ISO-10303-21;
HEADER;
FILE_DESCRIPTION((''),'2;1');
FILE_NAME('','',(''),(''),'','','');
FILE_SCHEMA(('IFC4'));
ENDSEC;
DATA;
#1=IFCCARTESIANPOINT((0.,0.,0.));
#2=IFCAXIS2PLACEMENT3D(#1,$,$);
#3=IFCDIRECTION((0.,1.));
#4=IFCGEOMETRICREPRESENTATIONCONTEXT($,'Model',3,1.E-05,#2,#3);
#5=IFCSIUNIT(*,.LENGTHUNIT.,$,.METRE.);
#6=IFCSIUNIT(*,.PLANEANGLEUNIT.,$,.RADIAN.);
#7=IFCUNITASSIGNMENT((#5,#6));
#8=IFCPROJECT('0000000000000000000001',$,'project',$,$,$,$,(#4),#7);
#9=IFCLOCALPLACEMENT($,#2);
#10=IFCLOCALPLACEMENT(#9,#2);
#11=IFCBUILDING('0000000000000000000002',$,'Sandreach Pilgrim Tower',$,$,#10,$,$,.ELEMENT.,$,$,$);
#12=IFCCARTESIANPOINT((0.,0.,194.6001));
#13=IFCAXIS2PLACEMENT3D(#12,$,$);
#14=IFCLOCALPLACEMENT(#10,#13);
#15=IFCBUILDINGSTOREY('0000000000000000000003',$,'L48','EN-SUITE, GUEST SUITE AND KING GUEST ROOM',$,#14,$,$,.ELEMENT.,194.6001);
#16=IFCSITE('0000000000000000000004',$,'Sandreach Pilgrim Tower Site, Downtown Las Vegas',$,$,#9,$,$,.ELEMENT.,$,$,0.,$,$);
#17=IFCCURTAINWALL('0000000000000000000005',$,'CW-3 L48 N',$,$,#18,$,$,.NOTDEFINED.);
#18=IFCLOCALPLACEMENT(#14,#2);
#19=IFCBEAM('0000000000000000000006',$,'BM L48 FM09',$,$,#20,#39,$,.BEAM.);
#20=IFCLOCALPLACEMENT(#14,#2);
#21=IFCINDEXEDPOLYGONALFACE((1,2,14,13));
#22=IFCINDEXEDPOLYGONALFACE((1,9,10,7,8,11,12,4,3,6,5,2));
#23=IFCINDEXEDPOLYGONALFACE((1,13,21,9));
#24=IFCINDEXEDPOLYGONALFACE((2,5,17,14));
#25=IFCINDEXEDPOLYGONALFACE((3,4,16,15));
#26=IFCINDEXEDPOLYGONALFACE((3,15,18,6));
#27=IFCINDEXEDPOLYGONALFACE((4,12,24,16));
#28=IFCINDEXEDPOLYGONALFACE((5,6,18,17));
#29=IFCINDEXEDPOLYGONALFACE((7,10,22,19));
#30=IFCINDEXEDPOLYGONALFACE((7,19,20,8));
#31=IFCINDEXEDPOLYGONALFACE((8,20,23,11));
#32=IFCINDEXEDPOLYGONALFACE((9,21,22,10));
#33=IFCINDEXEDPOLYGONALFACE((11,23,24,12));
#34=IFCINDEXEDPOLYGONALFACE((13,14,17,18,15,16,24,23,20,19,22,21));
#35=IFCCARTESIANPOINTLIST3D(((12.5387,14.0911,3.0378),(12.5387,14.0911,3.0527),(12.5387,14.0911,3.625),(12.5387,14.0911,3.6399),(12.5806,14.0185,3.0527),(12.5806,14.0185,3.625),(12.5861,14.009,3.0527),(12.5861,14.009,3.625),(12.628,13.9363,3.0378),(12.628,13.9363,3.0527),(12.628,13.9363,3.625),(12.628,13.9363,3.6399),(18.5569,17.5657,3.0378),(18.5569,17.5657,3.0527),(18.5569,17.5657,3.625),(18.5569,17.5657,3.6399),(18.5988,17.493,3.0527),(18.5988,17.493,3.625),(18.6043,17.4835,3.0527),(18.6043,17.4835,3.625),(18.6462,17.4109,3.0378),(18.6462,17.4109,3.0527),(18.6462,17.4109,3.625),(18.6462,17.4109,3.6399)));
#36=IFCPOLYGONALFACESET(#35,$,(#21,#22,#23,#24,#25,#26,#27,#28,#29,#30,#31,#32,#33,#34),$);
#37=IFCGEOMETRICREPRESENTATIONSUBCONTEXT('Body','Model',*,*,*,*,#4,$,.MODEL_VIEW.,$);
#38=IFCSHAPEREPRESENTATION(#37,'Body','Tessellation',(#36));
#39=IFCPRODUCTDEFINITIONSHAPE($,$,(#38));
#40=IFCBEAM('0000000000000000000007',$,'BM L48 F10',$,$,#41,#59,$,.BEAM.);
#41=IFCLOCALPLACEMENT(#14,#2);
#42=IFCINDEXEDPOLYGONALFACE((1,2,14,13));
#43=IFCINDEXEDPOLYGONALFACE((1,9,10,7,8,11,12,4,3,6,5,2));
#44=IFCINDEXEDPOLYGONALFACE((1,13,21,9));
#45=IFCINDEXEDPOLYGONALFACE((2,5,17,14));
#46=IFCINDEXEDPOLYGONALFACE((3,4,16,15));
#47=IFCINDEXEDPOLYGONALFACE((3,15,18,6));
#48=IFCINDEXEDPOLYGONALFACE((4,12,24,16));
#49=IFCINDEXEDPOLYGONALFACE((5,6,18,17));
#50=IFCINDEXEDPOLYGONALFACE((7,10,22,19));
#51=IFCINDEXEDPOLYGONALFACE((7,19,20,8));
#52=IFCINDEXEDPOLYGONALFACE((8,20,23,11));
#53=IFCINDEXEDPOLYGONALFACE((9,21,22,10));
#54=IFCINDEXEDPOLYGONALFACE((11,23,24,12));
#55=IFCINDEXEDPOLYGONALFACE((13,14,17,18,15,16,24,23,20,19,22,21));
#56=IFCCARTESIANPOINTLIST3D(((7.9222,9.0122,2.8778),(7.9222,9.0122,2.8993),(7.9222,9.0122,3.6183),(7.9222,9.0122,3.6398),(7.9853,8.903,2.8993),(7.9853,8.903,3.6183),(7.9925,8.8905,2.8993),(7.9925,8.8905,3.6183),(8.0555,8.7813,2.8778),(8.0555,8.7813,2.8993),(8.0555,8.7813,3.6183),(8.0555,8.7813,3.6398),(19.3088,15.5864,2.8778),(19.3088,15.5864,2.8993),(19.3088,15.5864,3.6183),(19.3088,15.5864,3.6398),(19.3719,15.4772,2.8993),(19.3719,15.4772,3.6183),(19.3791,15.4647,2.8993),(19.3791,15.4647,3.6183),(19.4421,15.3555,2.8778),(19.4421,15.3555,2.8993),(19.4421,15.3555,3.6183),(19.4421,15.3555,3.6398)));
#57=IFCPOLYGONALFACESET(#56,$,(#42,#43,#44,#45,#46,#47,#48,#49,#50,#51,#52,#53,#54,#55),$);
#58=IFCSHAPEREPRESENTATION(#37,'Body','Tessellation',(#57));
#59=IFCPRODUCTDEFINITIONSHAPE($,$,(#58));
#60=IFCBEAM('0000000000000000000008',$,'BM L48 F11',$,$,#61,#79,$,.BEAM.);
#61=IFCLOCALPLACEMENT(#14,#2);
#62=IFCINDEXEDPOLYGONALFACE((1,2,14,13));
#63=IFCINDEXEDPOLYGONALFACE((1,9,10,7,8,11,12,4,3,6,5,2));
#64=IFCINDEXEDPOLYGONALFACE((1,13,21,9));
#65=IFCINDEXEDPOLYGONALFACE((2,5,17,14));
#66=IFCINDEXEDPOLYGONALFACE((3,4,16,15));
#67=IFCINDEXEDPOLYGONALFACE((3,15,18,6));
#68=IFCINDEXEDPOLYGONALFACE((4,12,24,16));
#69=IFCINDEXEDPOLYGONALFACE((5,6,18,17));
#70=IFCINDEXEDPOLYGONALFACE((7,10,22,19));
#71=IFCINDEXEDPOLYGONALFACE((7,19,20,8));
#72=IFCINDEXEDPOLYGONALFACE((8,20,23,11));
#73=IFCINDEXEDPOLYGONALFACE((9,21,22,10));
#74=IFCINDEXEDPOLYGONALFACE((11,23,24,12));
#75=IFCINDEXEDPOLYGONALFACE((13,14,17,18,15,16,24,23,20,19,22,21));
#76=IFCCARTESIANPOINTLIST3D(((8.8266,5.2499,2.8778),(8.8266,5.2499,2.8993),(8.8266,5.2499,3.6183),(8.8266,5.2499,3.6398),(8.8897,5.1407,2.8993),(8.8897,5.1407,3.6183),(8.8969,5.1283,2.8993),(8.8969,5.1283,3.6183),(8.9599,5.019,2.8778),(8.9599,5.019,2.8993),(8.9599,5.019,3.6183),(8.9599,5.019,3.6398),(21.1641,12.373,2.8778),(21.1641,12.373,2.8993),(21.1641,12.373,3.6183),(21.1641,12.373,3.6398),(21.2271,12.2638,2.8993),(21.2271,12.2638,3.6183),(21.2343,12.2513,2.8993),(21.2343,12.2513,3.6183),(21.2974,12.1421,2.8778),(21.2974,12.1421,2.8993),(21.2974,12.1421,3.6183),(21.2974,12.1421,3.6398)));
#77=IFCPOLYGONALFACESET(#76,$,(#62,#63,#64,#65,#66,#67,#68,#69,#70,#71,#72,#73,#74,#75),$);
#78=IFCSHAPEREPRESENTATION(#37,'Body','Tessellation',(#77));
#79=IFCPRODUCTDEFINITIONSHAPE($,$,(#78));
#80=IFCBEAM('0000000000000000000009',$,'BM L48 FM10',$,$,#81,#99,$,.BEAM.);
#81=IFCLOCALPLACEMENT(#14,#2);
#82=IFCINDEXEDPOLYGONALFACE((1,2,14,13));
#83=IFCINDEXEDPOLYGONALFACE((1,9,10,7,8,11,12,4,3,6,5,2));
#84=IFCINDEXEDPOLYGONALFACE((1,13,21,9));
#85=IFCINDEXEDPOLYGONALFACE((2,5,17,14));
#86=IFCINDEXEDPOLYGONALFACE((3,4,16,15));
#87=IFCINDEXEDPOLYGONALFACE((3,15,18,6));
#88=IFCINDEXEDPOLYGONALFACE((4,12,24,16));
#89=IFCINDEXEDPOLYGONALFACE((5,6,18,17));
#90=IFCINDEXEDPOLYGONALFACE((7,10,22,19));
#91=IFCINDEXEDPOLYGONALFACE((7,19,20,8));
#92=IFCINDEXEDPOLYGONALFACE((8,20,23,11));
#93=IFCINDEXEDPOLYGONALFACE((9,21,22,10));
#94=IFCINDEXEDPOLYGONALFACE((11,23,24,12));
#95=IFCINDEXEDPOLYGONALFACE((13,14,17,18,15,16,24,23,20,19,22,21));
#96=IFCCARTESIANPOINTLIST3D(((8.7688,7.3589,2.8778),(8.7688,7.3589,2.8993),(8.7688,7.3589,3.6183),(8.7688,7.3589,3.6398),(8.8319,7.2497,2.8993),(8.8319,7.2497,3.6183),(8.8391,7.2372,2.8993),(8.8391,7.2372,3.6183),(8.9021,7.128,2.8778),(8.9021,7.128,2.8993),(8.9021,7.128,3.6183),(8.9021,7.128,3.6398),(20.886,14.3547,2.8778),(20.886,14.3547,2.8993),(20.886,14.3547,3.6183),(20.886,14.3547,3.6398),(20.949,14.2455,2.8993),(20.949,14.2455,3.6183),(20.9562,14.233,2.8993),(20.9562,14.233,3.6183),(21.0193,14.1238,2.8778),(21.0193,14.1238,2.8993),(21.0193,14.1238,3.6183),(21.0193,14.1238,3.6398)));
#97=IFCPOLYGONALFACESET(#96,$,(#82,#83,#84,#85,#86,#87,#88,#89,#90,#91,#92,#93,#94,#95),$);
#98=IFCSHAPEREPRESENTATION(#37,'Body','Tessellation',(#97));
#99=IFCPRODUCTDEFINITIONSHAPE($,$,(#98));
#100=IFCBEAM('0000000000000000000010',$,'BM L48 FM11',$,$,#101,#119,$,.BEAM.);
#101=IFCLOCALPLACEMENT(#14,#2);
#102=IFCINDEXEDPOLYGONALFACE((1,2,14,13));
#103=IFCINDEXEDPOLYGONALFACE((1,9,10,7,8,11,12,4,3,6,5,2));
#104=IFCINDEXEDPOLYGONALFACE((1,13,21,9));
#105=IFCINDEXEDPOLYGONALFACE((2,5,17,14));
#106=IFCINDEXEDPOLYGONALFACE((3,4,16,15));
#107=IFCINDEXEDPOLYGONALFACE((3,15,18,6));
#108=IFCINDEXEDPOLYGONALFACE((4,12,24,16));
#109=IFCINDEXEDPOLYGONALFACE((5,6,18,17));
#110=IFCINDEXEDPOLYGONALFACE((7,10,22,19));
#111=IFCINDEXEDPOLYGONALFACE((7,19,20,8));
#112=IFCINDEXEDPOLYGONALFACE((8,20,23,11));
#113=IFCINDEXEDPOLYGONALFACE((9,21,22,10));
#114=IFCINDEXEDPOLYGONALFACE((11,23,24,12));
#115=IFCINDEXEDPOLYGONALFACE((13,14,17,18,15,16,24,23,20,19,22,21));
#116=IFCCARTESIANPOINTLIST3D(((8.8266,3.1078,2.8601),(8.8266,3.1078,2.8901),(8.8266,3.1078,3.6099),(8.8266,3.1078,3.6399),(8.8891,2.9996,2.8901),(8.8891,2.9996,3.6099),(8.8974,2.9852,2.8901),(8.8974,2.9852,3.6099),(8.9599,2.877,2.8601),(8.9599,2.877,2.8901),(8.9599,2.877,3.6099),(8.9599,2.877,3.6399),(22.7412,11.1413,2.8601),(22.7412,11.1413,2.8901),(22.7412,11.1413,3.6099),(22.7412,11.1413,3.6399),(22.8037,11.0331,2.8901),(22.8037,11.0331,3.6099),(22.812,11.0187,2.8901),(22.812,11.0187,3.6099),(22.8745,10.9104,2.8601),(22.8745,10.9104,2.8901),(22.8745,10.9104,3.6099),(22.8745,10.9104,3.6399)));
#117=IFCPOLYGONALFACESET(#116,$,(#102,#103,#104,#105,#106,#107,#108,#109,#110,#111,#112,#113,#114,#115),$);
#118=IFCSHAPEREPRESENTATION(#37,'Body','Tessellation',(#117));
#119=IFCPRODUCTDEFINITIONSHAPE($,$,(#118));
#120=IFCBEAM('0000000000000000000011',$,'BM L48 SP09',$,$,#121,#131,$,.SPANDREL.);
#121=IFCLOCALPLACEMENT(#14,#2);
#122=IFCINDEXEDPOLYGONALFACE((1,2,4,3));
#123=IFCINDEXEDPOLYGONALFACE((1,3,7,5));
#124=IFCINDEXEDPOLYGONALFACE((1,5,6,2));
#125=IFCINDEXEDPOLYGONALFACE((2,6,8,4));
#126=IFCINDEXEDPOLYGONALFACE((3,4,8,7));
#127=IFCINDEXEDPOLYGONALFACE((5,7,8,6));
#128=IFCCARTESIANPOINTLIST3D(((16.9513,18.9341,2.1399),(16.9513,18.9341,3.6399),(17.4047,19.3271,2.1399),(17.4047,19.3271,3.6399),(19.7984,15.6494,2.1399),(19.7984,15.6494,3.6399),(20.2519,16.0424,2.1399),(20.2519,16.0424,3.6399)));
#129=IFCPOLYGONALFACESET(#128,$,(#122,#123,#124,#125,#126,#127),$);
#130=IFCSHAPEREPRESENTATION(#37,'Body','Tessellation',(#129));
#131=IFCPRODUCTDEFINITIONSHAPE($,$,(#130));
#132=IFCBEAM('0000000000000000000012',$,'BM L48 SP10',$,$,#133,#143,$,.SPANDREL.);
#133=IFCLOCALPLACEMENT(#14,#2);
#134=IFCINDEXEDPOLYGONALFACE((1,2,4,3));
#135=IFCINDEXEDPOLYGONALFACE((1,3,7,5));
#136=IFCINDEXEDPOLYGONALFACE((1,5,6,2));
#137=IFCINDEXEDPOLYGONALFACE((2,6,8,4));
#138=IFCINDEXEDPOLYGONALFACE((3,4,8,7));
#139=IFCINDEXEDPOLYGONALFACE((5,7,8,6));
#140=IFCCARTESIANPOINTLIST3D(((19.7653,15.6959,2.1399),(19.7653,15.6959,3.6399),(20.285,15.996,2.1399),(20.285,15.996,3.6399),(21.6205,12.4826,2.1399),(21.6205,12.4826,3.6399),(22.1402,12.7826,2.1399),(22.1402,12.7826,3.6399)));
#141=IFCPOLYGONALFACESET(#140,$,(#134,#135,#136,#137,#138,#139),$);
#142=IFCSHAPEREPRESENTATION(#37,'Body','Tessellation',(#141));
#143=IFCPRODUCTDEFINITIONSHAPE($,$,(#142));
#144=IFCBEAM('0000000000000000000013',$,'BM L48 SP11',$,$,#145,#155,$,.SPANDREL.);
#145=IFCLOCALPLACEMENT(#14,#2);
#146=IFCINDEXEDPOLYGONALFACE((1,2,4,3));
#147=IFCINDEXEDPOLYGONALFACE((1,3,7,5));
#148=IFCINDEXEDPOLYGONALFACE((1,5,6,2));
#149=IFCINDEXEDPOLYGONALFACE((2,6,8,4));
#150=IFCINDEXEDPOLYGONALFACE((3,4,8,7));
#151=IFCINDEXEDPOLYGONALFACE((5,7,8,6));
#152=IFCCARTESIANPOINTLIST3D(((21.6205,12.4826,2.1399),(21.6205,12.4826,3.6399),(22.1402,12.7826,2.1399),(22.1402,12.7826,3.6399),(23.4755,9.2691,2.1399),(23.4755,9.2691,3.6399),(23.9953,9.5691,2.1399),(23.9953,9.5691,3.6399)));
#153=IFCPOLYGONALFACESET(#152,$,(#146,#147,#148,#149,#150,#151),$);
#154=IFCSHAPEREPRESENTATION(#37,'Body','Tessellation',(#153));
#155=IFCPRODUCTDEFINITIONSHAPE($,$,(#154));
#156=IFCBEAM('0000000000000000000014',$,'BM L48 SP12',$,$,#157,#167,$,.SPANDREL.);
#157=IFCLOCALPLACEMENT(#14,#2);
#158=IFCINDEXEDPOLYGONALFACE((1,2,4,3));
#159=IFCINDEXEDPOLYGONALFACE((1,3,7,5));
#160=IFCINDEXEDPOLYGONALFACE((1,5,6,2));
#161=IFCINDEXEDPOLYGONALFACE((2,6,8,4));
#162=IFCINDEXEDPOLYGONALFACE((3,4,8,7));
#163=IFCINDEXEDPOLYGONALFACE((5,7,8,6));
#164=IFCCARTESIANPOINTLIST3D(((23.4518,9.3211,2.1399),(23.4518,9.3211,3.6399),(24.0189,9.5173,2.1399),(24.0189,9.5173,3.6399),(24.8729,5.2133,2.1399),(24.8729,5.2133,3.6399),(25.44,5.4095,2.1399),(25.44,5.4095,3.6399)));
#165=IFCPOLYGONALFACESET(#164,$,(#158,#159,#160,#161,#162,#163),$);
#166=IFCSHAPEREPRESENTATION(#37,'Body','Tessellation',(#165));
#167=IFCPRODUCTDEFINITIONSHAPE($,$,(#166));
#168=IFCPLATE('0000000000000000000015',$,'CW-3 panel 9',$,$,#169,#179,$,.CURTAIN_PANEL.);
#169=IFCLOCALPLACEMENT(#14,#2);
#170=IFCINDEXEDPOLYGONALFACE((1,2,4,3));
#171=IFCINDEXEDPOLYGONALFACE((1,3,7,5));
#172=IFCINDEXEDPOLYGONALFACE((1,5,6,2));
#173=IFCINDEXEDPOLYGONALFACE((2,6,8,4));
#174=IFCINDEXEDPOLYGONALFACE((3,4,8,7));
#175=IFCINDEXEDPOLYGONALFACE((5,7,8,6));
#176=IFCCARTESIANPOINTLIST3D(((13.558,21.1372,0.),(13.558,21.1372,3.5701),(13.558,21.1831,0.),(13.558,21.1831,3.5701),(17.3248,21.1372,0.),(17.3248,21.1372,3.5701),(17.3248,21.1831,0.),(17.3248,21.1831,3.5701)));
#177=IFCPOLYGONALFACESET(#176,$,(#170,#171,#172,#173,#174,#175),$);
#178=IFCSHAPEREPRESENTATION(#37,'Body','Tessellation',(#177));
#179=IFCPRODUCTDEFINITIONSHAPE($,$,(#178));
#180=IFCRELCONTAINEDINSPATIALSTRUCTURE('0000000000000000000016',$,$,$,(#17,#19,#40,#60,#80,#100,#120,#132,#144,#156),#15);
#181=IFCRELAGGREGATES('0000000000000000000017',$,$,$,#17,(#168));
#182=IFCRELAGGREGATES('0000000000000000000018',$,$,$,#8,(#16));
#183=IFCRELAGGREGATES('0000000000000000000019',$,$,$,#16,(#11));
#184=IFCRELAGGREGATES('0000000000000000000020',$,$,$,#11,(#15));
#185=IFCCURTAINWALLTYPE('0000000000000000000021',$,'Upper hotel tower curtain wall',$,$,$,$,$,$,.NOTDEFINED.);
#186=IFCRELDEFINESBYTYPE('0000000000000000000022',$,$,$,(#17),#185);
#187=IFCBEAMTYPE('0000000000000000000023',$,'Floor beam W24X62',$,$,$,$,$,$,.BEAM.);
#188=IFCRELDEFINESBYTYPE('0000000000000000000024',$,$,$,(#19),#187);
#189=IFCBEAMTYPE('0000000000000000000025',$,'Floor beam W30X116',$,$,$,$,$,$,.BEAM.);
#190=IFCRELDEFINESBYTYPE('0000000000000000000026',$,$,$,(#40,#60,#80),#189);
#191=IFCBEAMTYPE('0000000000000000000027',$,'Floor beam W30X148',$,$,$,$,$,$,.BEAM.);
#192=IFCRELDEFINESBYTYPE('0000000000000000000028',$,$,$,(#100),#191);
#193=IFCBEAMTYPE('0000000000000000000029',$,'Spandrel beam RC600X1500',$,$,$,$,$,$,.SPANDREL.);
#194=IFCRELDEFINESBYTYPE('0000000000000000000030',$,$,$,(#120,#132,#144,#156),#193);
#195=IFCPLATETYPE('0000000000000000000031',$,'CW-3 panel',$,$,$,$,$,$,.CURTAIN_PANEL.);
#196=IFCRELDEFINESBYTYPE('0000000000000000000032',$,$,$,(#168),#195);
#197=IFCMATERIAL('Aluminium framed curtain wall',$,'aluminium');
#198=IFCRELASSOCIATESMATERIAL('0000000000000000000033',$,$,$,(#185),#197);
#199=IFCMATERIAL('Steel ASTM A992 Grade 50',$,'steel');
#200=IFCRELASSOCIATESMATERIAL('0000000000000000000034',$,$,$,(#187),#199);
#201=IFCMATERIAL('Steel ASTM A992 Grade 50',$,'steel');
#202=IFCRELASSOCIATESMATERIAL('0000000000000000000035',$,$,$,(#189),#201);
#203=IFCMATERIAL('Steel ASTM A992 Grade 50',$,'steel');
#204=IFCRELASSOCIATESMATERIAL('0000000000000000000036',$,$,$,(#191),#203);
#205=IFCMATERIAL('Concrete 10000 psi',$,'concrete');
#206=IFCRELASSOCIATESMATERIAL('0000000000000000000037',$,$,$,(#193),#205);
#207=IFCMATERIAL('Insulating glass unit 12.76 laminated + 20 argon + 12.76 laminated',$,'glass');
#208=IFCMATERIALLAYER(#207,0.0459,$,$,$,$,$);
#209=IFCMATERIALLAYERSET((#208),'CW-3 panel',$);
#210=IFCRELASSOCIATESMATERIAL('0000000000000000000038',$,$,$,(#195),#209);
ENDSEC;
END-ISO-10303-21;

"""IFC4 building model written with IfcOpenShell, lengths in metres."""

from ifc_helpers import new_model, si_unit, direction, frame, origin, origin_2d, place, context, subcontext, project, spatial, rectangle, i_section, extrude, material, layer, layer_set, material_profile, profile_set, type_object, element, aggregate, save


model = new_model("IFC4")

# Units and contexts
model_context = context("Model", 3, precision=1e-05, world=origin(), true_north=direction((0.0, 1.0)))
body_context = subcontext(model_context, "Body", "Model", "MODEL_VIEW")
ifc_project = project(units=[si_unit("LENGTHUNIT", "METRE"), si_unit("PLANEANGLEUNIT", "RADIAN")], contexts=[model_context])

# Site, building, storey
site_placement = place(None, origin())
site = spatial("IfcSite", under=ifc_project, at=site_placement, Name="Sandreach Pilgrim Tower Site, Downtown Las Vegas", CompositionType="ELEMENT", RefElevation=0.0)
building_placement = place(site_placement, origin())
building = spatial("IfcBuilding", under=site, at=building_placement, Name="Sandreach Pilgrim Tower", CompositionType="ELEMENT")
storey_placement = place(building_placement, frame((0.0, 0.0, 194.6001)))
storey = spatial("IfcBuildingStorey", under=building, at=storey_placement, Name="L48", Description="EN-SUITE, GUEST SUITE AND KING GUEST ROOM", CompositionType="ELEMENT", Elevation=194.6001)

# Curtain wall
ifc_material_1 = material(Name="Aluminium framed curtain wall", Category="aluminium")
curtain_wall_type = type_object("IfcCurtainWallType", Name="Upper hotel tower curtain wall", PredefinedType="NOTDEFINED", material=ifc_material_1)
curtain_wall_1_placement = place(storey_placement, origin())
curtain_wall_1 = element("IfcCurtainWall", 1, at=curtain_wall_1_placement, inside=storey, type_object=curtain_wall_type, Name="CW-3 L48 N", PredefinedType="NOTDEFINED")

# Beams
ifc_material_2 = material(Name="Steel ASTM A992 Grade 50", Category="steel")
ifc_material_profile_1 = material_profile(ifc_material_2, i_section(OverallWidth=0.1787, OverallDepth=0.6021, WebThickness=0.011, FlangeThickness=0.0149, at=origin_2d()), Name="W24X62")
ifc_profile_set_1 = profile_set([ifc_material_profile_1], Name="Steel ASTM A992 Grade 50")
beam_type_1 = type_object("IfcBeamType", Name="Floor beam W24X62", PredefinedType="BEAM", material=ifc_profile_set_1)
beam_1_placement = place(storey_placement, frame((18.6016, 17.4883, 3.3389), z_axis=(-0.866029, -0.499993, 0.0), x_axis=(0.499993, -0.866029, 0.0)))
element("IfcBeam", 2, at=beam_1_placement, inside=storey, type_object=beam_type_1, Name="BM L48 FM09", PredefinedType="BEAM", context=body_context, shape_type="SweptSolid", body=[
    extrude(i_section(OverallWidth=0.1787, OverallDepth=0.6021, WebThickness=0.011, FlangeThickness=0.0149, at=origin_2d()), origin(), (0.0, 0.0, 1.0), 6.9492),
])
ifc_material_3 = material(Name="Steel ASTM A992 Grade 50", Category="steel")
ifc_material_profile_2 = material_profile(ifc_material_3, i_section(OverallWidth=0.2666, OverallDepth=0.762, WebThickness=0.0144, FlangeThickness=0.0215, at=origin_2d()), Name="W30X116")
ifc_profile_set_2 = profile_set([ifc_material_profile_2], Name="Steel ASTM A992 Grade 50")
beam_type_2 = type_object("IfcBeamType", Name="Floor beam W30X116", PredefinedType="BEAM", material=ifc_profile_set_2)
beam_2_placement = place(storey_placement, frame((19.3755, 15.4709, 3.2588), z_axis=(-0.866022, -0.500005, 0.0), x_axis=(0.500005, -0.866022, 0.0)))
element("IfcBeam", 3, at=beam_2_placement, inside=storey, type_object=beam_type_2, Name="BM L48 F10", PredefinedType="BEAM", context=body_context, shape_type="SweptSolid", body=[
    extrude(i_section(OverallWidth=0.2666, OverallDepth=0.762, WebThickness=0.0144, FlangeThickness=0.0215, at=origin_2d()), origin(), (0.0, 0.0, 1.0), 13.1482),
])
beam_3_placement = place(storey_placement, frame((21.2307, 12.2576, 3.2588), z_axis=(-0.866024, -0.500002, 0.0), x_axis=(0.500002, -0.866024, 0.0)))
element("IfcBeam", 4, at=beam_3_placement, inside=storey, type_object=beam_type_2, Name="BM L48 F11", PredefinedType="BEAM", context=body_context, shape_type="SweptSolid", body=[
    extrude(i_section(OverallWidth=0.2666, OverallDepth=0.762, WebThickness=0.0144, FlangeThickness=0.0215, at=origin_2d()), origin(), (0.0, 0.0, 1.0), 14.2461),
])
beam_4_placement = place(storey_placement, frame((20.9526, 14.2393, 3.2588), z_axis=(-0.866026, -0.499999, 0.0), x_axis=(0.499999, -0.866026, 0.0)))
element("IfcBeam", 5, at=beam_4_placement, inside=storey, type_object=beam_type_2, Name="BM L48 FM10", PredefinedType="BEAM", context=body_context, shape_type="SweptSolid", body=[
    extrude(i_section(OverallWidth=0.2666, OverallDepth=0.762, WebThickness=0.0144, FlangeThickness=0.0215, at=origin_2d()), origin(), (0.0, 0.0, 1.0), 13.9917),
])
ifc_material_4 = material(Name="Steel ASTM A992 Grade 50", Category="steel")
ifc_material_profile_3 = material_profile(ifc_material_4, i_section(OverallWidth=0.2666, OverallDepth=0.7798, WebThickness=0.0166, FlangeThickness=0.03, at=origin_2d()), Name="W30X148")
ifc_profile_set_3 = profile_set([ifc_material_profile_3], Name="Steel ASTM A992 Grade 50")
beam_type_3 = type_object("IfcBeamType", Name="Floor beam W30X148", PredefinedType="BEAM", material=ifc_profile_set_3)
beam_5_placement = place(storey_placement, frame((22.8079, 11.0259, 3.25), z_axis=(-0.866029, -0.499994, 0.0), x_axis=(0.499994, -0.866029, 0.0)))
element("IfcBeam", 6, at=beam_5_placement, inside=storey, type_object=beam_type_3, Name="BM L48 FM11", PredefinedType="BEAM", context=body_context, shape_type="SweptSolid", body=[
    extrude(i_section(OverallWidth=0.2666, OverallDepth=0.7798, WebThickness=0.0166, FlangeThickness=0.03, at=origin_2d()), origin(), (0.0, 0.0, 1.0), 16.0671),
])
ifc_material_5 = material(Name="Concrete 10000 psi", Category="concrete")
ifc_material_profile_4 = material_profile(ifc_material_5, rectangle(XDim=0.6001, YDim=1.5, at=origin_2d()), Name="RC600X1500")
ifc_profile_set_4 = profile_set([ifc_material_profile_4], Name="Concrete 10000 psi")
beam_type_4 = type_object("IfcBeamType", Name="Spandrel beam RC600X1500", PredefinedType="SPANDREL", material=ifc_profile_set_4)
beam_6_placement = place(storey_placement, frame((17.178, 19.1306, 2.8899), z_axis=(0.65499, -0.755637, 0.0), x_axis=(0.755637, 0.65499, 0.0)))
element("IfcBeam", 7, at=beam_6_placement, inside=storey, type_object=beam_type_4, Name="BM L48 SP09", PredefinedType="SPANDREL", context=body_context, shape_type="SweptSolid", body=[
    extrude(rectangle(XDim=0.6001, YDim=1.5, at=origin_2d()), origin(), (0.0, 0.0, 1.0), 4.3469),
])
for number, where, z_axis, x_axis, name in (
    (8, (20.0251, 15.8459, 2.8899), (0.499996, -0.866028, 0.0), (0.866028, 0.499996, 0.0), "BM L48 SP10"),
    (9, (21.8804, 12.6326, 2.8899), (0.499946, -0.866056, 0.0), (0.866056, 0.499946, 0.0), "BM L48 SP11"),
):
    element("IfcBeam", number, at=place(storey_placement, frame(where, z_axis=z_axis, x_axis=x_axis)), inside=storey, type_object=beam_type_4, Name=name, PredefinedType="SPANDREL", context=body_context, shape_type="SweptSolid", body=[
        extrude(rectangle(XDim=0.6001, YDim=1.5, at=origin_2d()), origin(), (0.0, 0.0, 1.0), 3.7104),
    ])
beam_7_placement = place(storey_placement, frame((23.7354, 9.4192, 2.8899), z_axis=(0.326941, -0.945045, 0.0), x_axis=(0.945045, 0.326941, 0.0)))
element("IfcBeam", 10, at=beam_7_placement, inside=storey, type_object=beam_type_4, Name="BM L48 SP12", PredefinedType="SPANDREL", context=body_context, shape_type="SweptSolid", body=[
    extrude(rectangle(XDim=0.6001, YDim=1.5, at=origin_2d()), origin(), (0.0, 0.0, 1.0), 4.3467),
])

# Plate
ifc_material_6 = material(Name="Insulating glass unit 12.76 laminated + 20 argon + 12.76 laminated", Category="glass")
ifc_layer_1 = layer(ifc_material_6, 0.0459)
ifc_layer_set_1 = layer_set([ifc_layer_1], Name="CW-3 panel")
plate_type = type_object("IfcPlateType", Name="CW-3 panel", PredefinedType="CURTAIN_PANEL", material=ifc_layer_set_1)
plate_1_placement = place(storey_placement, frame((15.4414, 21.1602, 0.0), z_axis=(0.0, 0.0, 1.0), x_axis=(1.0, 0.0, 0.0)))
plate_1 = element("IfcPlate", 11, at=plate_1_placement, type_object=plate_type, Name="CW-3 panel 9", PredefinedType="CURTAIN_PANEL", context=body_context, shape_type="SweptSolid", body=[
    extrude(rectangle(XDim=3.7668, YDim=0.0459, at=origin_2d()), origin(), (0.0, 0.0, 1.0), 3.5701),
])
aggregate(curtain_wall_1, [plate_1])

save(model, "model.ifc")
